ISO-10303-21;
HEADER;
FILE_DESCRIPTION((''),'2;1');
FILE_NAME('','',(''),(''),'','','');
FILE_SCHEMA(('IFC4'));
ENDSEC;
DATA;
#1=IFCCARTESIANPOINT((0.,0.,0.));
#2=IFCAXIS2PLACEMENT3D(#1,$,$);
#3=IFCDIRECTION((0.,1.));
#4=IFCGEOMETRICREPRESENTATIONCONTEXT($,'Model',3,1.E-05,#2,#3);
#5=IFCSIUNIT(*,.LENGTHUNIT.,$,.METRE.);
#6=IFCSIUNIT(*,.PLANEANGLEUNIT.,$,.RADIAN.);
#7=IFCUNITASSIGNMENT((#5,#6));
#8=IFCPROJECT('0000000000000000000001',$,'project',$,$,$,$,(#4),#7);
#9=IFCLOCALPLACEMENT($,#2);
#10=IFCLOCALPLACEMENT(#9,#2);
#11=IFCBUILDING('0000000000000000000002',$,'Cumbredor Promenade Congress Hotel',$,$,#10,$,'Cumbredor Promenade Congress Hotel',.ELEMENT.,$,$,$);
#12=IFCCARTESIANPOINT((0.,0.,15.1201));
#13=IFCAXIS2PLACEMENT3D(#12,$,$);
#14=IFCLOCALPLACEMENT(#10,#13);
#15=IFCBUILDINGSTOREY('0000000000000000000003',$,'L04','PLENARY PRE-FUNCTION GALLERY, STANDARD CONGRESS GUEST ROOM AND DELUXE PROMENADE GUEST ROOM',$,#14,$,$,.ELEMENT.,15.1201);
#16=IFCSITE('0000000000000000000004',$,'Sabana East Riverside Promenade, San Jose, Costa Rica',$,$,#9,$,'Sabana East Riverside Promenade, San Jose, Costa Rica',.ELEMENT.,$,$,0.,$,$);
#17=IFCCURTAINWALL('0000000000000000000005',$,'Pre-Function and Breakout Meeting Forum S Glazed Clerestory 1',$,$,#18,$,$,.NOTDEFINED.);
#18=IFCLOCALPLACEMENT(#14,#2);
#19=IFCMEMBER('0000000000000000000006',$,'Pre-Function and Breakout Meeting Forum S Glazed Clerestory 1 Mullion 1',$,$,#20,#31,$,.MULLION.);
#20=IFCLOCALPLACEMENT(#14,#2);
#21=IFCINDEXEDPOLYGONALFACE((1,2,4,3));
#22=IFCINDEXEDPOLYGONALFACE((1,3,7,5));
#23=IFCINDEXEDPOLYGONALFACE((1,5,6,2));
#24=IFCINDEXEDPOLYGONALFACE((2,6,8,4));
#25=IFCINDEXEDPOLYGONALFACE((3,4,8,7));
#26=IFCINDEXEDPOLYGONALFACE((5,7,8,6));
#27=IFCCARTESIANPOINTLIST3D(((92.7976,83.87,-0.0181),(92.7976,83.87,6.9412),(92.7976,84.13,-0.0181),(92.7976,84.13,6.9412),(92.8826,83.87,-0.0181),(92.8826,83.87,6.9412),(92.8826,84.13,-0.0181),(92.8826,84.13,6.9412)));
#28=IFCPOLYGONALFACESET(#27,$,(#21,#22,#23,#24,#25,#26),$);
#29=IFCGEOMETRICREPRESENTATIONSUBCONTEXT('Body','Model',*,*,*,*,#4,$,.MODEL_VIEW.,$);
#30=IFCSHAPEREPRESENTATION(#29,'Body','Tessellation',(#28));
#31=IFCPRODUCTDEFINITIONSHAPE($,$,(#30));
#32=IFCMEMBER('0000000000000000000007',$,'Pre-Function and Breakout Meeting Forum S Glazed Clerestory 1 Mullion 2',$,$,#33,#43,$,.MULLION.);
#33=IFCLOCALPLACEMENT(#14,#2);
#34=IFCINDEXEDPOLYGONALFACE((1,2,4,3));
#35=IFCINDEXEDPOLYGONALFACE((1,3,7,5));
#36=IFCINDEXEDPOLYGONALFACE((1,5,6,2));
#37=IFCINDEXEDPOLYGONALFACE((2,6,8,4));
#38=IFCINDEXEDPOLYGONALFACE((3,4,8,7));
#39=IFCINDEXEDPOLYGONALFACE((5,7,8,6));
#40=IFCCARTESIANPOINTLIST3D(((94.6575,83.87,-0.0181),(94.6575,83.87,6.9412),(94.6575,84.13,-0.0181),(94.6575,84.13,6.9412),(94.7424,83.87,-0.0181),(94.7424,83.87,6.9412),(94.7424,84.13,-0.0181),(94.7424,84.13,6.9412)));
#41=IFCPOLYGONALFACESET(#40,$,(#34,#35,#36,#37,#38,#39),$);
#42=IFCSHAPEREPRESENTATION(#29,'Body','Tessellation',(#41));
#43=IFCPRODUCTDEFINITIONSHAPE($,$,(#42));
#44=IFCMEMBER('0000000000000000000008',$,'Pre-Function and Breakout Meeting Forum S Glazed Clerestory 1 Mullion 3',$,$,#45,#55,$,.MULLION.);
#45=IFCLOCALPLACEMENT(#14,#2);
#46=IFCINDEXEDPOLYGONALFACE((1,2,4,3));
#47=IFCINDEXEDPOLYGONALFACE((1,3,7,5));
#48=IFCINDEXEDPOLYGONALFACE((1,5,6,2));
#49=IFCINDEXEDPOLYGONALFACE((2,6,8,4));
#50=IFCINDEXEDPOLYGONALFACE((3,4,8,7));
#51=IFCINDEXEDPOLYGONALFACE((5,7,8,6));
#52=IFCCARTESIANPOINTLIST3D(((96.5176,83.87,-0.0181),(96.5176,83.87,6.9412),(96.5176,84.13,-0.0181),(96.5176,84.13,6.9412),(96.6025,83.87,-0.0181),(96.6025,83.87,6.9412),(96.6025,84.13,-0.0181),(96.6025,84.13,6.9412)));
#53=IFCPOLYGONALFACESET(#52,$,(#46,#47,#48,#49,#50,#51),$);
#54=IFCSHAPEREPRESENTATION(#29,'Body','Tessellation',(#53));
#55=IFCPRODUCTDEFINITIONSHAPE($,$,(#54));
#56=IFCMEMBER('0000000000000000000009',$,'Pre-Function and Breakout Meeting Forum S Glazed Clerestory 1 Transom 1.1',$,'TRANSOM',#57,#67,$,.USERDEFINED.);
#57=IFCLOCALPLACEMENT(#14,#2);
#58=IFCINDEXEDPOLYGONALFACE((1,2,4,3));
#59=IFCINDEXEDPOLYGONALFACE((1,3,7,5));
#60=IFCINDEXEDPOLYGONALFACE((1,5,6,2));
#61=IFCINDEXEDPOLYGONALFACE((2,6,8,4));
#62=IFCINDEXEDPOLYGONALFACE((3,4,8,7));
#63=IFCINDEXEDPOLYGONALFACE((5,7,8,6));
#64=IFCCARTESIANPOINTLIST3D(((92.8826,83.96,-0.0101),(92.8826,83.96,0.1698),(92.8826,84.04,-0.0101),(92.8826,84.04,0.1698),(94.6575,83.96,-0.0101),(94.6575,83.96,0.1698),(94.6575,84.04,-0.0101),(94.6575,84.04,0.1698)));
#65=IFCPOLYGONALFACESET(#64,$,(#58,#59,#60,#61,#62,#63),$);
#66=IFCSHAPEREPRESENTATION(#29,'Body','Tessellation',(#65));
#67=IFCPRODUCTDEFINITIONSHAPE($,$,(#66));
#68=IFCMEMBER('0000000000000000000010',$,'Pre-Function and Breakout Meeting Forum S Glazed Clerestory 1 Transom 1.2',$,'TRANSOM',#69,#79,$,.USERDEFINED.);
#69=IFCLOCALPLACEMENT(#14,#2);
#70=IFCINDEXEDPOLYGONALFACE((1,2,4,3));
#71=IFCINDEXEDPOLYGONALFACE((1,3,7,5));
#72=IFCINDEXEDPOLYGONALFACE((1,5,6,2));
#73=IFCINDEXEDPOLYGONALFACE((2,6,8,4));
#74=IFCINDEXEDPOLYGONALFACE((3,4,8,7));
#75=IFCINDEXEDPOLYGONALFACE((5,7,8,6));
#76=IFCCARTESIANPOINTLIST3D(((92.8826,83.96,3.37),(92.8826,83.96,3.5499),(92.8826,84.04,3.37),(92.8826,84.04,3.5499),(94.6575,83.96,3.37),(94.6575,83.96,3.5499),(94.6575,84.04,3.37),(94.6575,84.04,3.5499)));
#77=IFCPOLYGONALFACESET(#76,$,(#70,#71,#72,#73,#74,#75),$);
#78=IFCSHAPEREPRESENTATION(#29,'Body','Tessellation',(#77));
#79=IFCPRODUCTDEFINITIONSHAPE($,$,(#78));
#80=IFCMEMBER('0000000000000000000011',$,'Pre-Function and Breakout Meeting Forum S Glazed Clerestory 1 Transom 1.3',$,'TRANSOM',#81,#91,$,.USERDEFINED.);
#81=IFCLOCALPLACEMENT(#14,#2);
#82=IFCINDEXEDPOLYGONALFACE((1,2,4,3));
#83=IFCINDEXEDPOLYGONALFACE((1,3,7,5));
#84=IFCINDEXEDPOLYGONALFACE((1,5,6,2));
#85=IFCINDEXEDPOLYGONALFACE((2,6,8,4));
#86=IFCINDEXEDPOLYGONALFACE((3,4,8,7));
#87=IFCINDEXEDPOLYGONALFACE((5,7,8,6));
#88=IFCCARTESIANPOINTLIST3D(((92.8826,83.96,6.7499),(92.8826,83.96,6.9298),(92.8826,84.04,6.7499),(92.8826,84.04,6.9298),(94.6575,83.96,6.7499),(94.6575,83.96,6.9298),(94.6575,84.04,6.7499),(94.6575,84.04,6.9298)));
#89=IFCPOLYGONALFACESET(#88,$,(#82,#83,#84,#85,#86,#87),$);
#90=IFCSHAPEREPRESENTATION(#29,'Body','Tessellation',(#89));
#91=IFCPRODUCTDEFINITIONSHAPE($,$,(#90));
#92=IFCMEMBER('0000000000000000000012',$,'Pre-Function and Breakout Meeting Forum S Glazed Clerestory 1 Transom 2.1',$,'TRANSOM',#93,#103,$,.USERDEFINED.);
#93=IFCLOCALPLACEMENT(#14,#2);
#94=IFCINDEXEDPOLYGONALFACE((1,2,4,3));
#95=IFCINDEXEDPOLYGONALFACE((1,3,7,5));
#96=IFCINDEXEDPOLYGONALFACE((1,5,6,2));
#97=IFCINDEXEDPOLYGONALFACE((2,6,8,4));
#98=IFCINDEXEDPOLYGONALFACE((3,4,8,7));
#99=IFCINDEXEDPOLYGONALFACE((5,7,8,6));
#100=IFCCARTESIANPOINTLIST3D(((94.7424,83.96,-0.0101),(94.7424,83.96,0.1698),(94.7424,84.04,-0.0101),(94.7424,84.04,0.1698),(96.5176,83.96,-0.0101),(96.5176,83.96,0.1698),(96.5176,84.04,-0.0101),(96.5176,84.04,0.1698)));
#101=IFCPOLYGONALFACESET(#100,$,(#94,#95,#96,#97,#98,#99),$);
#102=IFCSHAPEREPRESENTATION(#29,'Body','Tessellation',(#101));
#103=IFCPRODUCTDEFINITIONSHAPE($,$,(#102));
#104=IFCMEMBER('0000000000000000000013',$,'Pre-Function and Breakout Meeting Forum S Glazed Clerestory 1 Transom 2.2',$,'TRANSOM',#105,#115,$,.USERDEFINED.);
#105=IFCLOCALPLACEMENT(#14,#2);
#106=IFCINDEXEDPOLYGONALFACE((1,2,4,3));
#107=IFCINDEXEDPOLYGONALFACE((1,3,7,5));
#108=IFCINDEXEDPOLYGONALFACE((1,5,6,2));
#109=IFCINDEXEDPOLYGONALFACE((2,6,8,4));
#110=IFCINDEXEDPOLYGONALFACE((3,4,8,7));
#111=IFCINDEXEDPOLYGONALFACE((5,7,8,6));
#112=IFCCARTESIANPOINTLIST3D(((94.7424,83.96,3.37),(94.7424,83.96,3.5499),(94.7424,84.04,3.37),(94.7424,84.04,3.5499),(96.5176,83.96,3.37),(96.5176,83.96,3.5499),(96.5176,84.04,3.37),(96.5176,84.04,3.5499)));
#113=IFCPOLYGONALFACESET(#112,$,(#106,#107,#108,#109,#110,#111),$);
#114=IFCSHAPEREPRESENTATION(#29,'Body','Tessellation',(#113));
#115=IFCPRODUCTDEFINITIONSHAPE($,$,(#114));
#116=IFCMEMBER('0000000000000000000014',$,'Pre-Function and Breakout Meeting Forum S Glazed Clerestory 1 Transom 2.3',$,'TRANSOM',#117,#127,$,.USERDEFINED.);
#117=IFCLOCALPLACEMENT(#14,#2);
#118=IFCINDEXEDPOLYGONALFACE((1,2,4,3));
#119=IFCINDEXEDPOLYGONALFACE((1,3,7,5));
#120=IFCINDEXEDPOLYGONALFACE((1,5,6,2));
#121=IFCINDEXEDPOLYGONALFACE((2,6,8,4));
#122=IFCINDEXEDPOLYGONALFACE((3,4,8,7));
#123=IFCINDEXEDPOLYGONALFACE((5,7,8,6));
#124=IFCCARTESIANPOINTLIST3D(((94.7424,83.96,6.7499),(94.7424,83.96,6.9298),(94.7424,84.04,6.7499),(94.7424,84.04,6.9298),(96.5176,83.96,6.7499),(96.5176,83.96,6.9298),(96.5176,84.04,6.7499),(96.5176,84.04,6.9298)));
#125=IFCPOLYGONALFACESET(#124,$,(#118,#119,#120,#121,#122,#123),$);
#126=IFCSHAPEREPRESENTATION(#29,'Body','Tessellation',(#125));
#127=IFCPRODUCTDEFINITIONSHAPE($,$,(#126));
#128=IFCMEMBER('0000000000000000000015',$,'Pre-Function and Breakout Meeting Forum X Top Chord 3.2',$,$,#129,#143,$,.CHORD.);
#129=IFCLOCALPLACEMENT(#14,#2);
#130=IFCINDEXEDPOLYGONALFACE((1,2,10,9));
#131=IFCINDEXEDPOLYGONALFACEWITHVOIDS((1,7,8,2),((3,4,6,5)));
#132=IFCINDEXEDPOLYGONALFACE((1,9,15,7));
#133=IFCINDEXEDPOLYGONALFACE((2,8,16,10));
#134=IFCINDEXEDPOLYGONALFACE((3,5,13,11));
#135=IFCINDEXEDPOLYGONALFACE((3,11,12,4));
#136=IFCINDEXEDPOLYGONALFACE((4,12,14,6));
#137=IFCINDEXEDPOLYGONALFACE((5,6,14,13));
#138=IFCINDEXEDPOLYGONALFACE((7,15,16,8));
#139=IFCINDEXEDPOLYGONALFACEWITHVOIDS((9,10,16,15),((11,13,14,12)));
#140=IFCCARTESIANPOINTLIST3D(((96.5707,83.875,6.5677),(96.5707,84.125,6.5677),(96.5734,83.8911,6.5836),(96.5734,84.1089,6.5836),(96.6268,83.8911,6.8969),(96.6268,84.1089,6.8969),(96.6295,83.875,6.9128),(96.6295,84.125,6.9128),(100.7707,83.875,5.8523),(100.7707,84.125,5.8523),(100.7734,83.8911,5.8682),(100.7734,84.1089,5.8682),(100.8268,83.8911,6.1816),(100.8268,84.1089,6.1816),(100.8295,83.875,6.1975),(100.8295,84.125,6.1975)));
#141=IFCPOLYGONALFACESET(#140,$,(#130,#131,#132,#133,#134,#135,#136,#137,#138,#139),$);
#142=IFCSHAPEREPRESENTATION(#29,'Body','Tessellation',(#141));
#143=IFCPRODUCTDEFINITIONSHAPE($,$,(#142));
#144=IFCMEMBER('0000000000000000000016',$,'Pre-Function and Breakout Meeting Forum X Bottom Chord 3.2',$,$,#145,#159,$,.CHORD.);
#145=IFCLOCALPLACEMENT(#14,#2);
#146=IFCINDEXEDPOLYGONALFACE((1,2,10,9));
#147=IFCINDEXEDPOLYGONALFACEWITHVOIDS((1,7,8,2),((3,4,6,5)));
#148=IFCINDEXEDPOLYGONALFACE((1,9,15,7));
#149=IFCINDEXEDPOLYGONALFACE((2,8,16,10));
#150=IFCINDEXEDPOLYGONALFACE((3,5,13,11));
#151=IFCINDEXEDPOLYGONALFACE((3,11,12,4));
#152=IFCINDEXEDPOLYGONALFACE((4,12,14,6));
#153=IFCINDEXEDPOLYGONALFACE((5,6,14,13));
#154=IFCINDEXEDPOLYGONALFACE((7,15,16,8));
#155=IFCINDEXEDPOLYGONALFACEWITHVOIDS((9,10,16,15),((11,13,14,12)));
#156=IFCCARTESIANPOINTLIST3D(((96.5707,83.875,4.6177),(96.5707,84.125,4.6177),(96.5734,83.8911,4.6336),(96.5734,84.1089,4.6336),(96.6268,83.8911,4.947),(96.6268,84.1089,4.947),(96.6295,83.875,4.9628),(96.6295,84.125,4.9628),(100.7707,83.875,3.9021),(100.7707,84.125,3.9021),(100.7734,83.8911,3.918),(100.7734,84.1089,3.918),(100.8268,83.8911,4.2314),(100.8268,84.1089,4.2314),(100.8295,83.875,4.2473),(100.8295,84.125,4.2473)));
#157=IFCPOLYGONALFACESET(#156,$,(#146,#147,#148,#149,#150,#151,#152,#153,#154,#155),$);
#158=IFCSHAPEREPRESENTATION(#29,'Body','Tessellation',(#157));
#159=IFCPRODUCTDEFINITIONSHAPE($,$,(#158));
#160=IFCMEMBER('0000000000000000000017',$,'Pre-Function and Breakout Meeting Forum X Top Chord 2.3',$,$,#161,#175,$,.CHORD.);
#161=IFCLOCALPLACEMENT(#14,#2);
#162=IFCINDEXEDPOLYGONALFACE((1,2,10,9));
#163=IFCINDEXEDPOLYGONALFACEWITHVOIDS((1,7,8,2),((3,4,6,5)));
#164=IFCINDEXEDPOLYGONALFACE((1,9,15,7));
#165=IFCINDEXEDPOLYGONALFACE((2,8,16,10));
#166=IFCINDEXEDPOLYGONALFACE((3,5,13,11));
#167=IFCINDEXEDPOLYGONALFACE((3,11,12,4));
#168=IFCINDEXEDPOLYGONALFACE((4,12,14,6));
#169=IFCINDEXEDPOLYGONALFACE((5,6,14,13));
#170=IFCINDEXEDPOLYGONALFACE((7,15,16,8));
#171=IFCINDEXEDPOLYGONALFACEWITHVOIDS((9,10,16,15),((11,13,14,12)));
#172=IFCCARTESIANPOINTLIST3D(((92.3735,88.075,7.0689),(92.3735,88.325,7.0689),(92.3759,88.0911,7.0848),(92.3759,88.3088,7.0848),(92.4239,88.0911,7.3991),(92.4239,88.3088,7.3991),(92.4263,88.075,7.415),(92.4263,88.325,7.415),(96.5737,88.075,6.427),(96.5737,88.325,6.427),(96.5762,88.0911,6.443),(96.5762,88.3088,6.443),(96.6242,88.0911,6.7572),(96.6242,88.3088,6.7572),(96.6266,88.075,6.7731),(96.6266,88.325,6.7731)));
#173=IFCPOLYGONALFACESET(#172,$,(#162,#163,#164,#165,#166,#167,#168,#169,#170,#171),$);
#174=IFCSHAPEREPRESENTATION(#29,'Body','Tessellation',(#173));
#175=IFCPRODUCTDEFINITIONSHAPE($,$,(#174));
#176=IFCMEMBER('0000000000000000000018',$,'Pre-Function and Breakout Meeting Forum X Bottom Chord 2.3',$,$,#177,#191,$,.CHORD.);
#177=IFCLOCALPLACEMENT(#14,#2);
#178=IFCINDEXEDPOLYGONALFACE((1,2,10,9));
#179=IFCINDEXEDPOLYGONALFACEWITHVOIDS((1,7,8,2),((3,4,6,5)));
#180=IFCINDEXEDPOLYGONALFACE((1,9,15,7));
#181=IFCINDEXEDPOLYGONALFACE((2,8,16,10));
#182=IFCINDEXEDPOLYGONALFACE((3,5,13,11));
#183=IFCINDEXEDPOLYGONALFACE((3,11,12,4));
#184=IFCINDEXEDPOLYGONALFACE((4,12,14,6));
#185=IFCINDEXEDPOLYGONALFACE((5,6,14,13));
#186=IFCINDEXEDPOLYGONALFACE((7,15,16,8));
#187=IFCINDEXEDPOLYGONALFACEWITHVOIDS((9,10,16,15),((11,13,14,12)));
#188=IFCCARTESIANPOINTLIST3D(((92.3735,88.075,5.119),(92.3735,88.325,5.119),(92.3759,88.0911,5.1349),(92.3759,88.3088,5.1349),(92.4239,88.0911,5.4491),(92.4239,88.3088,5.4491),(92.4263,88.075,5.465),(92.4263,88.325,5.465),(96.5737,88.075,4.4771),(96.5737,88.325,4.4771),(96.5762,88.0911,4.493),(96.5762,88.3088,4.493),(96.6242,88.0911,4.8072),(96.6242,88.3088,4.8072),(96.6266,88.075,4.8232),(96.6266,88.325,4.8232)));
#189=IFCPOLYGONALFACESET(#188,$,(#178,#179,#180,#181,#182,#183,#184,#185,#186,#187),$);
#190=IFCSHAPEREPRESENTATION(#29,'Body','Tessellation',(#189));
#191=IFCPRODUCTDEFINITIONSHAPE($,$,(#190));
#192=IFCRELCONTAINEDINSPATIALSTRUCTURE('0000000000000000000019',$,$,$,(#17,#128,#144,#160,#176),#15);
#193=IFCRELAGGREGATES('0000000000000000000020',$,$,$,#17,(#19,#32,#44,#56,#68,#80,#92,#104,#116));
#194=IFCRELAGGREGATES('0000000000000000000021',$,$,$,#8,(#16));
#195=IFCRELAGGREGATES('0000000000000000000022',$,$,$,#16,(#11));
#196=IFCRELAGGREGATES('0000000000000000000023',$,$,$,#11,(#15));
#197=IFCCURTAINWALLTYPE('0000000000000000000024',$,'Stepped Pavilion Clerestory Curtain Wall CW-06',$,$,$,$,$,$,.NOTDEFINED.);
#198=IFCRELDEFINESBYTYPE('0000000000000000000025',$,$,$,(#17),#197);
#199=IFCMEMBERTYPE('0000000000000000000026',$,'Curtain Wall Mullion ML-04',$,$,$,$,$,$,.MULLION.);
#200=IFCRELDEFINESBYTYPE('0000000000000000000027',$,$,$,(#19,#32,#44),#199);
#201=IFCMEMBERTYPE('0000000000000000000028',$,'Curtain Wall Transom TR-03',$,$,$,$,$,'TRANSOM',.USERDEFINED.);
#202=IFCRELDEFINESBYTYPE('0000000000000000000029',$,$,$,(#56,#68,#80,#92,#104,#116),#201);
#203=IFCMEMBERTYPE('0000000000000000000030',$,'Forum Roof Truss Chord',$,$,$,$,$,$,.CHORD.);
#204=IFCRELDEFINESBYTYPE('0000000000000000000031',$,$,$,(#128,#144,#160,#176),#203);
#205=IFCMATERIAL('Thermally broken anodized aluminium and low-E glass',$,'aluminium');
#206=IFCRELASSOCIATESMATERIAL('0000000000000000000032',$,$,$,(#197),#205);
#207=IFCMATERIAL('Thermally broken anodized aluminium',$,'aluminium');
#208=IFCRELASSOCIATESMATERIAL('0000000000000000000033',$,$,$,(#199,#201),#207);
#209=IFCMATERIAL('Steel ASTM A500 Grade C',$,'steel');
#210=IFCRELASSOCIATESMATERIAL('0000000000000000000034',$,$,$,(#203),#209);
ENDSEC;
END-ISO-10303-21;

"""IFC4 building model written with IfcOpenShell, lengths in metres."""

from ifc_helpers import new_model, si_unit, direction, frame, origin, origin_2d, place, context, subcontext, project, spatial, rectangle, hollow_rectangle, extrude, material, material_profile, profile_set, type_object, element, aggregate, save


model = new_model("IFC4")

# Units and contexts
model_context = context("Model", 3, precision=1e-05, world=origin(), true_north=direction((0.0, 1.0)))
body_context = subcontext(model_context, "Body", "Model", "MODEL_VIEW")
ifc_project = project(units=[si_unit("LENGTHUNIT", "METRE"), si_unit("PLANEANGLEUNIT", "RADIAN")], contexts=[model_context])

# Site, building, storey
site_placement = place(None, origin())
site = spatial("IfcSite", under=ifc_project, at=site_placement, Name="Sabana East Riverside Promenade, San Jose, Costa Rica", LongName="Sabana East Riverside Promenade, San Jose, Costa Rica", CompositionType="ELEMENT", RefElevation=0.0)
building_placement = place(site_placement, origin())
building = spatial("IfcBuilding", under=site, at=building_placement, Name="Cumbredor Promenade Congress Hotel", LongName="Cumbredor Promenade Congress Hotel", CompositionType="ELEMENT")
storey_placement = place(building_placement, frame((0.0, 0.0, 15.1201)))
storey = spatial("IfcBuildingStorey", under=building, at=storey_placement, Name="L04", Description="PLENARY PRE-FUNCTION GALLERY, STANDARD CONGRESS GUEST ROOM AND DELUXE PROMENADE GUEST ROOM", CompositionType="ELEMENT", Elevation=15.1201)

# Curtain wall, members
ifc_material_1 = material(Name="Thermally broken anodized aluminium and low-E glass", Category="aluminium")
curtain_wall_type = type_object("IfcCurtainWallType", Name="Stepped Pavilion Clerestory Curtain Wall CW-06", PredefinedType="NOTDEFINED", material=ifc_material_1)
curtain_wall_placement = place(storey_placement, origin())
curtain_wall = element("IfcCurtainWall", 1, at=curtain_wall_placement, inside=storey, type_object=curtain_wall_type, Name="Pre-Function and Breakout Meeting Forum S Glazed Clerestory 1", PredefinedType="NOTDEFINED")
ifc_material_2 = material(Name="Thermally broken anodized aluminium", Category="aluminium")
ifc_material_profile_1 = material_profile(ifc_material_2, rectangle(XDim=0.085, YDim=0.26, at=origin_2d()), Name="ALU MULLION CLERESTORY 85x260")
ifc_profile_set_1 = profile_set([ifc_material_profile_1], Name="Thermally broken anodized aluminium")
member_type_1 = type_object("IfcMemberType", Name="Curtain Wall Mullion ML-04", PredefinedType="MULLION", material=ifc_profile_set_1)
member_1_placement = place(storey_placement, frame((92.8401, 84.0, -0.0181), z_axis=(0.0, 0.0, 1.0), x_axis=(1.0, 0.0, 0.0)))
member_1 = element("IfcMember", 2, at=member_1_placement, type_object=member_type_1, Name="Pre-Function and Breakout Meeting Forum S Glazed Clerestory 1 Mullion 1", PredefinedType="MULLION", context=body_context, shape_type="SweptSolid", body=[
    extrude(rectangle(XDim=0.085, YDim=0.26, at=origin_2d()), origin(), (0.0, 0.0, 1.0), 6.9592),
])
member_2_placement = place(storey_placement, frame((94.7, 84.0, -0.0181), z_axis=(0.0, 0.0, 1.0), x_axis=(1.0, 0.0, 0.0)))
member_2 = element("IfcMember", 3, at=member_2_placement, type_object=member_type_1, Name="Pre-Function and Breakout Meeting Forum S Glazed Clerestory 1 Mullion 2", PredefinedType="MULLION", context=body_context, shape_type="SweptSolid", body=[
    extrude(rectangle(XDim=0.085, YDim=0.26, at=origin_2d()), origin(), (0.0, 0.0, 1.0), 6.9592),
])
member_3_placement = place(storey_placement, frame((96.5601, 84.0, -0.0181), z_axis=(0.0, 0.0, 1.0), x_axis=(1.0, 0.0, 0.0)))
member_3 = element("IfcMember", 4, at=member_3_placement, type_object=member_type_1, Name="Pre-Function and Breakout Meeting Forum S Glazed Clerestory 1 Mullion 3", PredefinedType="MULLION", context=body_context, shape_type="SweptSolid", body=[
    extrude(rectangle(XDim=0.085, YDim=0.26, at=origin_2d()), origin(), (0.0, 0.0, 1.0), 6.9592),
])
ifc_material_profile_2 = material_profile(ifc_material_2, rectangle(XDim=0.0801, YDim=0.1799, at=origin_2d()), Name="ALU TRANSOM 80x180")
ifc_profile_set_2 = profile_set([ifc_material_profile_2], Name="Thermally broken anodized aluminium")
member_type_2 = type_object("IfcMemberType", Name="Curtain Wall Transom TR-03", ElementType="TRANSOM", PredefinedType="USERDEFINED", material=ifc_profile_set_2)
member_4_placement = place(storey_placement, frame((92.8826, 84.0, 0.0798), z_axis=(1.0, 0.0, 0.0), x_axis=(0.0, 1.0, 0.0)))
member_4 = element("IfcMember", 5, at=member_4_placement, type_object=member_type_2, Name="Pre-Function and Breakout Meeting Forum S Glazed Clerestory 1 Transom 1.1", ObjectType="TRANSOM", PredefinedType="USERDEFINED", context=body_context, shape_type="SweptSolid", body=[
    extrude(rectangle(XDim=0.0801, YDim=0.1799, at=origin_2d()), origin(), (0.0, 0.0, 1.0), 1.7749),
])
member_5_placement = place(storey_placement, frame((92.8826, 84.0, 3.46), z_axis=(1.0, 0.0, 0.0), x_axis=(0.0, 1.0, 0.0)))
member_5 = element("IfcMember", 6, at=member_5_placement, type_object=member_type_2, Name="Pre-Function and Breakout Meeting Forum S Glazed Clerestory 1 Transom 1.2", ObjectType="TRANSOM", PredefinedType="USERDEFINED", context=body_context, shape_type="SweptSolid", body=[
    extrude(rectangle(XDim=0.0801, YDim=0.1799, at=origin_2d()), origin(), (0.0, 0.0, 1.0), 1.7749),
])
member_6_placement = place(storey_placement, frame((92.8826, 84.0, 6.8398), z_axis=(1.0, 0.0, 0.0), x_axis=(0.0, 1.0, 0.0)))
member_6 = element("IfcMember", 7, at=member_6_placement, type_object=member_type_2, Name="Pre-Function and Breakout Meeting Forum S Glazed Clerestory 1 Transom 1.3", ObjectType="TRANSOM", PredefinedType="USERDEFINED", context=body_context, shape_type="SweptSolid", body=[
    extrude(rectangle(XDim=0.0801, YDim=0.1799, at=origin_2d()), origin(), (0.0, 0.0, 1.0), 1.7749),
])
member_7_placement = place(storey_placement, frame((94.7424, 84.0, 0.0798), z_axis=(1.0, 0.0, 0.0), x_axis=(0.0, 1.0, 0.0)))
member_7 = element("IfcMember", 8, at=member_7_placement, type_object=member_type_2, Name="Pre-Function and Breakout Meeting Forum S Glazed Clerestory 1 Transom 2.1", ObjectType="TRANSOM", PredefinedType="USERDEFINED", context=body_context, shape_type="SweptSolid", body=[
    extrude(rectangle(XDim=0.0801, YDim=0.1799, at=origin_2d()), origin(), (0.0, 0.0, 1.0), 1.7751),
])
member_8_placement = place(storey_placement, frame((94.7424, 84.0, 3.46), z_axis=(1.0, 0.0, 0.0), x_axis=(0.0, 1.0, 0.0)))
member_8 = element("IfcMember", 9, at=member_8_placement, type_object=member_type_2, Name="Pre-Function and Breakout Meeting Forum S Glazed Clerestory 1 Transom 2.2", ObjectType="TRANSOM", PredefinedType="USERDEFINED", context=body_context, shape_type="SweptSolid", body=[
    extrude(rectangle(XDim=0.0801, YDim=0.1799, at=origin_2d()), origin(), (0.0, 0.0, 1.0), 1.7751),
])
member_9_placement = place(storey_placement, frame((94.7424, 84.0, 6.8398), z_axis=(1.0, 0.0, 0.0), x_axis=(0.0, 1.0, 0.0)))
member_9 = element("IfcMember", 10, at=member_9_placement, type_object=member_type_2, Name="Pre-Function and Breakout Meeting Forum S Glazed Clerestory 1 Transom 2.3", ObjectType="TRANSOM", PredefinedType="USERDEFINED", context=body_context, shape_type="SweptSolid", body=[
    extrude(rectangle(XDim=0.0801, YDim=0.1799, at=origin_2d()), origin(), (0.0, 0.0, 1.0), 1.7751),
])

# Members
ifc_material_3 = material(Name="Steel ASTM A500 Grade C", Category="steel")
ifc_material_profile_3 = material_profile(ifc_material_3, hollow_rectangle(XDim=0.25, YDim=0.3501, WallThickness=0.0161, at=origin_2d()), Name="HSS 350x250x16")
ifc_profile_set_3 = profile_set([ifc_material_profile_3], Name="Steel ASTM A500 Grade C")
member_type_3 = type_object("IfcMemberType", Name="Forum Roof Truss Chord", PredefinedType="CHORD", material=ifc_profile_set_3)
for number, where, z_axis, x_axis, name in (
    (11, (96.6001, 84.0, 6.7402), (0.985804, 0.0, -0.167901), (0.0, 1.0, 0.0), "Pre-Function and Breakout Meeting Forum X Top Chord 3.2"),
    (12, (96.6001, 84.0, 4.7903), (0.985794, 0.0, -0.167957), (0.0, 1.0, 0.0), "Pre-Function and Breakout Meeting Forum X Bottom Chord 3.2"),
):
    element("IfcMember", number, at=place(storey_placement, frame(where, z_axis=z_axis, x_axis=x_axis)), inside=storey, type_object=member_type_3, Name=name, PredefinedType="CHORD", context=body_context, shape_type="SweptSolid", body=[
        extrude(hollow_rectangle(XDim=0.25, YDim=0.3501, WallThickness=0.0161, at=origin_2d()), origin(), (0.0, 0.0, 1.0), 4.2605),
    ])
for number, where, z_axis, x_axis, name in (
    (13, (92.3999, 88.2, 7.2419), (0.988525, 0.0, -0.15106), (0.0, 1.0, 0.0), "Pre-Function and Breakout Meeting Forum X Top Chord 2.3"),
    (14, (92.3999, 88.2, 5.292), (0.988525, 0.0, -0.15106), (0.0, 1.0, 0.0), "Pre-Function and Breakout Meeting Forum X Bottom Chord 2.3"),
):
    element("IfcMember", number, at=place(storey_placement, frame(where, z_axis=z_axis, x_axis=x_axis)), inside=storey, type_object=member_type_3, Name=name, PredefinedType="CHORD", context=body_context, shape_type="SweptSolid", body=[
        extrude(hollow_rectangle(XDim=0.25, YDim=0.3501, WallThickness=0.0161, at=origin_2d()), origin(), (0.0, 0.0, 1.0), 4.249),
    ])

aggregate(curtain_wall, [member_1, member_2, member_3, member_4, member_5, member_6, member_7, member_8, member_9])

save(model, "model.ifc")
